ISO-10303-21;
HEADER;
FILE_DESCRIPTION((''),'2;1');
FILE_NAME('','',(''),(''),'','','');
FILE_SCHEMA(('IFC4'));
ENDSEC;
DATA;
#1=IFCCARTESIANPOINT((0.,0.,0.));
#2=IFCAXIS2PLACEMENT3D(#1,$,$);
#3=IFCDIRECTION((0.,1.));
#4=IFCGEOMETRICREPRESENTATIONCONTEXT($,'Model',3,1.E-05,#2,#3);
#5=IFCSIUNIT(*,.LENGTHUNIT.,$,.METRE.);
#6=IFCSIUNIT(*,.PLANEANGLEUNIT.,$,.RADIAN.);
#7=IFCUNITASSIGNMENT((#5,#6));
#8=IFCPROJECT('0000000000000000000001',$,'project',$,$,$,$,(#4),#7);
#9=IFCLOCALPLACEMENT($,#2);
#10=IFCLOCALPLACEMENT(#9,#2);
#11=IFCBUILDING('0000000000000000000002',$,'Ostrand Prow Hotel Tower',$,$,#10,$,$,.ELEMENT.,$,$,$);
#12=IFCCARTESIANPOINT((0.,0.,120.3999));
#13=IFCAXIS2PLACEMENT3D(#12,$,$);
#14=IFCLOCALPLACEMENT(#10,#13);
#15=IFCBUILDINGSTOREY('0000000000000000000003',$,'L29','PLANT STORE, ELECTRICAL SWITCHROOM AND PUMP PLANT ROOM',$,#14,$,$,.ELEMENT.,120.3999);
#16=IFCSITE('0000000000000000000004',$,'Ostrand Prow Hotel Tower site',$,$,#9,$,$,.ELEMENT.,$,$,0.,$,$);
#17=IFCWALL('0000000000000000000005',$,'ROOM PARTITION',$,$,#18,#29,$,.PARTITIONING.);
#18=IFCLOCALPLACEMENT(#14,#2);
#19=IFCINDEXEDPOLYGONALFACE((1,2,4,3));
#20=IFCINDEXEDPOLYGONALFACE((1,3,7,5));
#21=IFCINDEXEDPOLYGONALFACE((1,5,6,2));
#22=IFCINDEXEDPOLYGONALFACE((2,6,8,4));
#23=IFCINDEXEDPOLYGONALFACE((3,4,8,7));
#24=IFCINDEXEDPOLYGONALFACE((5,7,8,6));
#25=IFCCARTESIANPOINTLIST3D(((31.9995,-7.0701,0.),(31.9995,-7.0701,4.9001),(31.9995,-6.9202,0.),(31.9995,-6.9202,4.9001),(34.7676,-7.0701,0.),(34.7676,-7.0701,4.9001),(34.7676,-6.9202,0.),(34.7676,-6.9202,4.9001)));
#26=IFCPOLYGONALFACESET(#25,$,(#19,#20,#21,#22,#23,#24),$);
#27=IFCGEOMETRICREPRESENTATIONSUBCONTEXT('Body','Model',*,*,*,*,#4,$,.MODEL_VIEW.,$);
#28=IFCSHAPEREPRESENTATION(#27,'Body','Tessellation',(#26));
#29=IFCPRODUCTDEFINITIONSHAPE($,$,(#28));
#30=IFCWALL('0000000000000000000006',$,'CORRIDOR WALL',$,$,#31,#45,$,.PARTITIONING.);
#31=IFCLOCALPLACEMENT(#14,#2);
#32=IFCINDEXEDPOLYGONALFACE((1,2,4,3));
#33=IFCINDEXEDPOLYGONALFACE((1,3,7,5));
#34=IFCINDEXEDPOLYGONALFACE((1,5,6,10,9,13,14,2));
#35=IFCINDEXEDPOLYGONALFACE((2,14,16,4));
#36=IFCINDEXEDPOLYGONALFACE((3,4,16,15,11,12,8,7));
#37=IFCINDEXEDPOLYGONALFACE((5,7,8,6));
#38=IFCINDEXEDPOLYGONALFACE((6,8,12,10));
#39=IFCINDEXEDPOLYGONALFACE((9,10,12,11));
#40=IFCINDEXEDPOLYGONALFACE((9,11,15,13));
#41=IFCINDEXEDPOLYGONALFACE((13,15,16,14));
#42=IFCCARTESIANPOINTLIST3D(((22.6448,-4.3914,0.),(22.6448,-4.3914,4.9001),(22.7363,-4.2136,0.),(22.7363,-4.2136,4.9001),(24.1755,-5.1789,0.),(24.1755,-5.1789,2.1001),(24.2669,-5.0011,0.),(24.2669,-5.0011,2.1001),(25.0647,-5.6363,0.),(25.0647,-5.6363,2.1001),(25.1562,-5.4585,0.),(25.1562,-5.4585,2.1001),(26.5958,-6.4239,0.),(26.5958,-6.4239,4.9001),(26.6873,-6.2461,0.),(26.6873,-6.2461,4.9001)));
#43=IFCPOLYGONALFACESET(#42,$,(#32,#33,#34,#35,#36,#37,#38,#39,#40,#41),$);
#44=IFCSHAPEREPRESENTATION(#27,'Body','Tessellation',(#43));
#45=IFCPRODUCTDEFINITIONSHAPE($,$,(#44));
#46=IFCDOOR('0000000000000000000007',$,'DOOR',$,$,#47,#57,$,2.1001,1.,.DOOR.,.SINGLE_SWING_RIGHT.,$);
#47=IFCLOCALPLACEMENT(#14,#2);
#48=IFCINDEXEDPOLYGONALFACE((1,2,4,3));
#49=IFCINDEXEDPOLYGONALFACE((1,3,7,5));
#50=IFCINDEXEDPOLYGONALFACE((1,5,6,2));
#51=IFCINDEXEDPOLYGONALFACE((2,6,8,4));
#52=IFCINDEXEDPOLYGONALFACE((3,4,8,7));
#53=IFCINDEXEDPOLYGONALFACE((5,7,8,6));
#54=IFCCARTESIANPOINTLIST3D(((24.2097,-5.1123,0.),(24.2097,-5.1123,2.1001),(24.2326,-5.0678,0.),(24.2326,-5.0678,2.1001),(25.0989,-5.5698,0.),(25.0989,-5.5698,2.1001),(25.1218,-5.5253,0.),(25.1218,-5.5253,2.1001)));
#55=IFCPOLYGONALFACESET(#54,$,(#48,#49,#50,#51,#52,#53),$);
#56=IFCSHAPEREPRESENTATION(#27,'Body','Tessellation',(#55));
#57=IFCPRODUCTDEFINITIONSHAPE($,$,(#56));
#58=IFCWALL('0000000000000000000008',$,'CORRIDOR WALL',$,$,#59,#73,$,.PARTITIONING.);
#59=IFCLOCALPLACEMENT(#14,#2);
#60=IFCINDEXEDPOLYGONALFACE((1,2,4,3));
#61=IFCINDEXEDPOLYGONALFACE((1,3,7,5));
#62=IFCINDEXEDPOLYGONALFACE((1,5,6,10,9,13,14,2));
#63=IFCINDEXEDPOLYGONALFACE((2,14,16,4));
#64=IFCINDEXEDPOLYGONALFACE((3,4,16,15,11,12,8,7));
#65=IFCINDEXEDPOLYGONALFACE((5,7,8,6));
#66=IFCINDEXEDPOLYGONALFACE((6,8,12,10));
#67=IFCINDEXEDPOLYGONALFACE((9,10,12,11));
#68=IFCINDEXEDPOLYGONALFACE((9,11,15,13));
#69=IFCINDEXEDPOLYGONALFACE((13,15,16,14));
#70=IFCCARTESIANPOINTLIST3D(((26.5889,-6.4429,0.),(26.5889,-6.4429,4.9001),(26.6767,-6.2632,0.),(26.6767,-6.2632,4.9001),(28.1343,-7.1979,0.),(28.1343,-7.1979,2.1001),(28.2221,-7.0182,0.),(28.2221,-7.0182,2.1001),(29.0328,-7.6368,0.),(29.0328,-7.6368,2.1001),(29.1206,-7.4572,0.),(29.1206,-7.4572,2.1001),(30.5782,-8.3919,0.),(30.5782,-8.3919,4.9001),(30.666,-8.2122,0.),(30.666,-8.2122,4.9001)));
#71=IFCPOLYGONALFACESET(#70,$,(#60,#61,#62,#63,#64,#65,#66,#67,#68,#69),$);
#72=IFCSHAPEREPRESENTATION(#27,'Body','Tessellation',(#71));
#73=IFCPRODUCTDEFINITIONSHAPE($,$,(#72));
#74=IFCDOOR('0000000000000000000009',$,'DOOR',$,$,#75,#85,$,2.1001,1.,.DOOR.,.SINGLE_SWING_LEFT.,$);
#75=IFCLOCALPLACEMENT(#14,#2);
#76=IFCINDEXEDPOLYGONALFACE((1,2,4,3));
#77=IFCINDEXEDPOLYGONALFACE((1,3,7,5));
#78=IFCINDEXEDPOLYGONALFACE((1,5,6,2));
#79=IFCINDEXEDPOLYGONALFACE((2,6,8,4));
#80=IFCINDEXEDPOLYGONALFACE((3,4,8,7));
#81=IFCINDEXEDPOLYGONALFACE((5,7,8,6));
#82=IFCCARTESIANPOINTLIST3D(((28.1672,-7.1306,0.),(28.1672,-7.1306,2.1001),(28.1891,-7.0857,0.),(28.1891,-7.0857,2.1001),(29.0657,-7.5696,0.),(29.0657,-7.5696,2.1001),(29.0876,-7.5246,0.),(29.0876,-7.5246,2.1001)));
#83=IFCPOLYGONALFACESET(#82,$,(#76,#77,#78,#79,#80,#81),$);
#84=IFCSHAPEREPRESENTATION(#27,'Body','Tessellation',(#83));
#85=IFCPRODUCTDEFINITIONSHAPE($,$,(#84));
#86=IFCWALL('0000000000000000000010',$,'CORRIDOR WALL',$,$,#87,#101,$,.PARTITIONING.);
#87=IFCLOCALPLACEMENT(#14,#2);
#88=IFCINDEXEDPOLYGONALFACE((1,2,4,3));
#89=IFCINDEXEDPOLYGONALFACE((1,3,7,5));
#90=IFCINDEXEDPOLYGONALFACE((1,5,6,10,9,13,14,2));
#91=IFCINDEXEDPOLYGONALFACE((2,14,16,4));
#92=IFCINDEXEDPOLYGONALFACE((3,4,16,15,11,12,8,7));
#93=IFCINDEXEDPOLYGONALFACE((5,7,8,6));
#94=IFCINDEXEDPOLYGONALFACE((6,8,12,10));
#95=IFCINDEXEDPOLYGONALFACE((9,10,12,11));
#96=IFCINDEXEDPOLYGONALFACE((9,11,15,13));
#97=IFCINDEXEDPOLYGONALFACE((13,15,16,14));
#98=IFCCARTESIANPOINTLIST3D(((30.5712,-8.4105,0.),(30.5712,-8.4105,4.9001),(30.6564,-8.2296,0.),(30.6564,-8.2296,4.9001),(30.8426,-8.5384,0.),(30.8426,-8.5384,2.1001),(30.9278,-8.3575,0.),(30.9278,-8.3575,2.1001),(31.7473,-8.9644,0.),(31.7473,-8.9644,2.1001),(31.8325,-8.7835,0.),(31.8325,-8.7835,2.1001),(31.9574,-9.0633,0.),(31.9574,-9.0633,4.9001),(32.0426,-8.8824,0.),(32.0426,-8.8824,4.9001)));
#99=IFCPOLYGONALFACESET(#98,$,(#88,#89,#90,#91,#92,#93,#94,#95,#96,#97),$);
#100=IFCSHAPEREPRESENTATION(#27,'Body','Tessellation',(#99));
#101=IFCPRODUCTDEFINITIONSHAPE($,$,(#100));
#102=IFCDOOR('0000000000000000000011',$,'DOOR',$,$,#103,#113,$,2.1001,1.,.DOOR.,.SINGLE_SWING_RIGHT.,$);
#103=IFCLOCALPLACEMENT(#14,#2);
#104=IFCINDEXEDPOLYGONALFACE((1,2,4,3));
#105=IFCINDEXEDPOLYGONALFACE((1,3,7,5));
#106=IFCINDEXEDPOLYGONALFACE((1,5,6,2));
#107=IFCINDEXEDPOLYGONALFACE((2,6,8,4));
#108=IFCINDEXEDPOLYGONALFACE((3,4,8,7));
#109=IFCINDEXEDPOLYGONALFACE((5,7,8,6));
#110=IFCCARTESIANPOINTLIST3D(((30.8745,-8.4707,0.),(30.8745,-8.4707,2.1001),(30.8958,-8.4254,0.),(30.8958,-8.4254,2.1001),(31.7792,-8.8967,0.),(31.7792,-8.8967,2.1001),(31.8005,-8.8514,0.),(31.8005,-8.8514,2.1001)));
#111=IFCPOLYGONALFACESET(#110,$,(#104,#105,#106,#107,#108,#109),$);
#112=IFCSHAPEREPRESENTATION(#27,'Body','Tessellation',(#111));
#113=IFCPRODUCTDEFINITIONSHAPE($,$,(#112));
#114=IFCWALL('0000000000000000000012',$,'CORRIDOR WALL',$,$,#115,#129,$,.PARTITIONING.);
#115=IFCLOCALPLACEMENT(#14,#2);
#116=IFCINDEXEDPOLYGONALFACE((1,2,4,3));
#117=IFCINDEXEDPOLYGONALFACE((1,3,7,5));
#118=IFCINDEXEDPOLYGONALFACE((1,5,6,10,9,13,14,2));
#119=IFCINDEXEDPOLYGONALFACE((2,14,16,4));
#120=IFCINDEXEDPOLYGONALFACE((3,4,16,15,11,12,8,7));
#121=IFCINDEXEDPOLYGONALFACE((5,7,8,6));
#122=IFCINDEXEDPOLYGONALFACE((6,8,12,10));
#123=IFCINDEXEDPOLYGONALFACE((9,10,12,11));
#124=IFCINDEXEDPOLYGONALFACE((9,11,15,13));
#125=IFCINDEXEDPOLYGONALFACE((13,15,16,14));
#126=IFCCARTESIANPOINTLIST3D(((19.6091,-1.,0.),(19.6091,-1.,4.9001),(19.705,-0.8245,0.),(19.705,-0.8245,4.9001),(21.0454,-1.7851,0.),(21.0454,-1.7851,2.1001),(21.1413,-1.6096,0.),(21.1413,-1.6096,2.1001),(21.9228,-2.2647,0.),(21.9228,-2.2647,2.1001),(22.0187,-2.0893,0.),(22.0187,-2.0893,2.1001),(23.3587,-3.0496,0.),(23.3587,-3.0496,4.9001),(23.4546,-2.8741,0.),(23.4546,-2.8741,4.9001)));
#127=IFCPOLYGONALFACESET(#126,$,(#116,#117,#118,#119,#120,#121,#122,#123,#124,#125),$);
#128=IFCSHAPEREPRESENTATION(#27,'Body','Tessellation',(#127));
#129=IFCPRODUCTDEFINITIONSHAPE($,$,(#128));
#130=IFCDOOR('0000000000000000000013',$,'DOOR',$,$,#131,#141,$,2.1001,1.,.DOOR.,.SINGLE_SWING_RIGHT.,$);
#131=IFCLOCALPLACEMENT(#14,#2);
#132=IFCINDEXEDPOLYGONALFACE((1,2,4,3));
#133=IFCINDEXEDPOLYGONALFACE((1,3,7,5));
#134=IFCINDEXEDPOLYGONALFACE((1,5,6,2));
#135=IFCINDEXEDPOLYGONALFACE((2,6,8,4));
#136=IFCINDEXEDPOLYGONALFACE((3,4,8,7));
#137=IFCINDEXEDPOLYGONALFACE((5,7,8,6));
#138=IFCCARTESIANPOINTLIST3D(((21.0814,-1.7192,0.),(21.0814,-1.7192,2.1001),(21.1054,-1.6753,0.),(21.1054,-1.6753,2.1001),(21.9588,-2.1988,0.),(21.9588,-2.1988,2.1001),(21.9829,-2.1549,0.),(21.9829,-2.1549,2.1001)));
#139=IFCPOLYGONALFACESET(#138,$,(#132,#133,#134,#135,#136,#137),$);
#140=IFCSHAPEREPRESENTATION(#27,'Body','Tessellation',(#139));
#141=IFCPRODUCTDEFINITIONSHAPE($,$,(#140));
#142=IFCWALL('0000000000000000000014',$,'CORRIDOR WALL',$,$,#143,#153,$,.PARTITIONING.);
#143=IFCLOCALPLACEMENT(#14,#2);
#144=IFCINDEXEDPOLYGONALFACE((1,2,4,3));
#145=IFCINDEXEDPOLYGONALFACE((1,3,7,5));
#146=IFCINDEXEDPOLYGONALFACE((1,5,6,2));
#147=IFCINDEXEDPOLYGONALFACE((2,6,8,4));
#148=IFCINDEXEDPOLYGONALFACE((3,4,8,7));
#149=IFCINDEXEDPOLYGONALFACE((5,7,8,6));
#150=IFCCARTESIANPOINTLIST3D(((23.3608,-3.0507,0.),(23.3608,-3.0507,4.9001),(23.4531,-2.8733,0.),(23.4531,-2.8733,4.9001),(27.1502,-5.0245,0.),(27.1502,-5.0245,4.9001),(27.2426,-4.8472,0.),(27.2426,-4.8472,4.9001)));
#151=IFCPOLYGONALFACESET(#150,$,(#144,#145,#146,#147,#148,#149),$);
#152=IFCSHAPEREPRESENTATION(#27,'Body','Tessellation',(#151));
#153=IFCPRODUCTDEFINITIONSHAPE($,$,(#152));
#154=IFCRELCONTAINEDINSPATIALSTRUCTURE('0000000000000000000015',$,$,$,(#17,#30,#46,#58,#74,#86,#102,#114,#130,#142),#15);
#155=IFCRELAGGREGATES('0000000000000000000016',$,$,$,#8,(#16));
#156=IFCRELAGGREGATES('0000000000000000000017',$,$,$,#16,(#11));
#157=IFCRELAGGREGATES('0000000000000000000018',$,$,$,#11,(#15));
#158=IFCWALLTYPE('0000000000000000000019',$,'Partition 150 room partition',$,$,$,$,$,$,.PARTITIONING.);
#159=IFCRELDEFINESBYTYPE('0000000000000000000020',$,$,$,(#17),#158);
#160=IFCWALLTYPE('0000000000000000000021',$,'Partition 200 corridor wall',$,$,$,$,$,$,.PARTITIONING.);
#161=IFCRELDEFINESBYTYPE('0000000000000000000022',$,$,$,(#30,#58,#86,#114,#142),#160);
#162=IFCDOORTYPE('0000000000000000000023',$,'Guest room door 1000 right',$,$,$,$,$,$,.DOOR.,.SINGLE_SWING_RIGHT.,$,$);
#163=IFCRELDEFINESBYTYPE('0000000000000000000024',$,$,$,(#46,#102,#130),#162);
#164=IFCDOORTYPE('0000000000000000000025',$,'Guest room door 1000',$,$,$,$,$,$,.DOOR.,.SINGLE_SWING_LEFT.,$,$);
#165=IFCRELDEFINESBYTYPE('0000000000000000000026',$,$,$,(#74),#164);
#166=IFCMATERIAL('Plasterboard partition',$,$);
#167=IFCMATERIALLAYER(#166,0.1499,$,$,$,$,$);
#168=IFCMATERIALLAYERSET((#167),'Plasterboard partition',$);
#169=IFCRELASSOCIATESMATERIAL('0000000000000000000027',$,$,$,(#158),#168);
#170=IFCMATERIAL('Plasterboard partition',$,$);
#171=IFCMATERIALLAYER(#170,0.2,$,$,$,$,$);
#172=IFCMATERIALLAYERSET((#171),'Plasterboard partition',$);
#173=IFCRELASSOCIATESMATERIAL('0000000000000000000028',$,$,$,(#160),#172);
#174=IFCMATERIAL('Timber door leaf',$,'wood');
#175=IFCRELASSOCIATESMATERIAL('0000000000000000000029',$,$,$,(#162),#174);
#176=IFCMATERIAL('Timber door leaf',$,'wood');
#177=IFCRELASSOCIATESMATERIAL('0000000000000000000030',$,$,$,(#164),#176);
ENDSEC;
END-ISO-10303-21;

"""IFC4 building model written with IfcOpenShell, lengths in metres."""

from ifc_helpers import new_model, si_unit, direction, frame, frame_2d, origin, place, context, subcontext, project, spatial, rectangle, extrude, material, layer, layer_set, type_object, element, fill, save


model = new_model("IFC4")

# Units and contexts
model_context = context("Model", 3, precision=1e-05, world=origin(), true_north=direction((0.0, 1.0)))
body_context = subcontext(model_context, "Body", "Model", "MODEL_VIEW")
ifc_project = project(units=[si_unit("LENGTHUNIT", "METRE"), si_unit("PLANEANGLEUNIT", "RADIAN")], contexts=[model_context])

# Site, building, storey
site_placement = place(None, origin())
site = spatial("IfcSite", under=ifc_project, at=site_placement, Name="Ostrand Prow Hotel Tower site", CompositionType="ELEMENT", RefElevation=0.0)
building_placement = place(site_placement, origin())
building = spatial("IfcBuilding", under=site, at=building_placement, Name="Ostrand Prow Hotel Tower", CompositionType="ELEMENT")
storey_placement = place(building_placement, frame((0.0, 0.0, 120.3999)))
storey = spatial("IfcBuildingStorey", under=building, at=storey_placement, Name="L29", Description="PLANT STORE, ELECTRICAL SWITCHROOM AND PUMP PLANT ROOM", CompositionType="ELEMENT", Elevation=120.3999)

# Wall
ifc_material_1 = material(Name="Plasterboard partition")
ifc_layer_1 = layer(ifc_material_1, 0.1499)
ifc_layer_set_1 = layer_set([ifc_layer_1], Name="Plasterboard partition")
wall_type_1 = type_object("IfcWallType", Name="Partition 150 room partition", PredefinedType="PARTITIONING", material=ifc_layer_set_1)
wall_1_placement = place(storey_placement, frame((34.7676, -6.9951, 0.0), z_axis=(0.0, 0.0, 1.0), x_axis=(-1.0, 0.0, 0.0)))
element("IfcWall", 1, at=wall_1_placement, inside=storey, type_object=wall_type_1, Name="ROOM PARTITION", PredefinedType="PARTITIONING", context=body_context, shape_type="SweptSolid", body=[
    extrude(rectangle(XDim=2.7681, YDim=0.1499, at=frame_2d((1.384, 0.0))), origin(), (0.0, 0.0, 1.0), 4.9001),
])

# Walls, openings, doors
ifc_material_2 = material(Name="Plasterboard partition")
ifc_layer_2 = layer(ifc_material_2, 0.2)
ifc_layer_set_2 = layer_set([ifc_layer_2], Name="Plasterboard partition")
wall_type_2 = type_object("IfcWallType", Name="Partition 200 corridor wall", PredefinedType="PARTITIONING", material=ifc_layer_set_2)
wall_2_placement = place(storey_placement, frame((22.6904, -4.3025, 0.0), z_axis=(0.0, 0.0, 1.0), x_axis=(0.889236, -0.457449, 0.0)))
wall_2 = element("IfcWall", 2, at=wall_2_placement, inside=storey, type_object=wall_type_2, Name="CORRIDOR WALL", PredefinedType="PARTITIONING", context=body_context, shape_type="SweptSolid", body=[
    extrude(rectangle(XDim=4.4431, YDim=0.2, at=frame_2d((2.2217, 0.0))), origin(), (0.0, 0.0, 1.0), 4.9001),
])
opening_1_placement = place(wall_2_placement, frame((1.7214, 0.0, 0.0)))
opening_1 = element("IfcOpeningElement", 3, at=opening_1_placement, cuts=wall_2, PredefinedType="OPENING", context=body_context, shape_type="SweptSolid", body=[
    extrude(rectangle(XDim=1.0, YDim=2.1001, at=frame_2d((0.5, 1.05))), frame((0.0, 0.1099, 0.0), z_axis=(0.0, -1.0, 0.0), x_axis=(1.0, 0.0, 0.0)), (0.0, 0.0, 1.0), 0.22),
])
ifc_material_3 = material(Name="Timber door leaf", Category="wood")
door_type_1 = type_object("IfcDoorType", Name="Guest room door 1000 right", OperationType="SINGLE_SWING_RIGHT", PredefinedType="DOOR", material=ifc_material_3)
door_1_placement = place(opening_1_placement, origin())
door_1 = element("IfcDoor", 4, at=door_1_placement, inside=storey, type_object=door_type_1, Name="DOOR", OperationType="SINGLE_SWING_RIGHT", OverallHeight=2.1001, OverallWidth=1.0, PredefinedType="DOOR", context=body_context, shape_type="SweptSolid", body=[
    extrude(rectangle(XDim=1.0, YDim=2.1001, at=frame_2d((0.5, 1.05))), frame((0.0, 0.0249, 0.0), z_axis=(0.0, -1.0, 0.0), x_axis=(1.0, 0.0, 0.0)), (0.0, 0.0, 1.0), 0.05),
])
fill(opening_1, door_1)
wall_3_placement = place(storey_placement, frame((26.6328, -6.353, 0.0), z_axis=(0.0, 0.0, 1.0), x_axis=(0.898502, -0.438968, 0.0)))
wall_3 = element("IfcWall", 5, at=wall_3_placement, inside=storey, type_object=wall_type_2, Name="CORRIDOR WALL", PredefinedType="PARTITIONING", context=body_context, shape_type="SweptSolid", body=[
    extrude(rectangle(XDim=4.4399, YDim=0.2, at=frame_2d((2.22, 0.0))), origin(), (0.0, 0.0, 1.0), 4.9001),
])
opening_2_placement = place(wall_3_placement, frame((1.72, 0.0, 0.0)))
opening_2 = element("IfcOpeningElement", 6, at=opening_2_placement, cuts=wall_3, PredefinedType="OPENING", context=body_context, shape_type="SweptSolid", body=[
    extrude(rectangle(XDim=1.0, YDim=2.1001, at=frame_2d((0.5, 1.05))), frame((0.0, 0.1099, 0.0), z_axis=(0.0, -1.0, 0.0), x_axis=(1.0, 0.0, 0.0)), (0.0, 0.0, 1.0), 0.22),
])
ifc_material_4 = material(Name="Timber door leaf", Category="wood")
door_type_2 = type_object("IfcDoorType", Name="Guest room door 1000", OperationType="SINGLE_SWING_LEFT", PredefinedType="DOOR", material=ifc_material_4)
door_2_placement = place(opening_2_placement, origin())
door_2 = element("IfcDoor", 7, at=door_2_placement, inside=storey, type_object=door_type_2, Name="DOOR", OperationType="SINGLE_SWING_LEFT", OverallHeight=2.1001, OverallWidth=1.0, PredefinedType="DOOR", context=body_context, shape_type="SweptSolid", body=[
    extrude(rectangle(XDim=1.0, YDim=2.1001, at=frame_2d((0.5, 1.05))), frame((0.0, 0.0249, 0.0), z_axis=(0.0, -1.0, 0.0), x_axis=(1.0, 0.0, 0.0)), (0.0, 0.0, 1.0), 0.05),
])
fill(opening_2, door_2)
wall_4_placement = place(storey_placement, frame((30.6138, -8.3201, 0.0), z_axis=(0.0, 0.0, 1.0), x_axis=(0.904696, -0.426058, 0.0)))
wall_4 = element("IfcWall", 8, at=wall_4_placement, inside=storey, type_object=wall_type_2, Name="CORRIDOR WALL", PredefinedType="PARTITIONING", context=body_context, shape_type="SweptSolid", body=[
    extrude(rectangle(XDim=1.5322, YDim=0.2, at=frame_2d((0.7661, 0.0))), origin(), (0.0, 0.0, 1.0), 4.9001),
])
opening_3_placement = place(wall_4_placement, frame((0.3, 0.0, 0.0)))
opening_3 = element("IfcOpeningElement", 9, at=opening_3_placement, cuts=wall_4, PredefinedType="OPENING", context=body_context, shape_type="SweptSolid", body=[
    extrude(rectangle(XDim=1.0, YDim=2.1001, at=frame_2d((0.5, 1.05))), frame((0.0, 0.1099, 0.0), z_axis=(0.0, -1.0, 0.0), x_axis=(1.0, 0.0, 0.0)), (0.0, 0.0, 1.0), 0.22),
])
door_3_placement = place(opening_3_placement, origin())
door_3 = element("IfcDoor", 10, at=door_3_placement, inside=storey, type_object=door_type_1, Name="DOOR", OperationType="SINGLE_SWING_RIGHT", OverallHeight=2.1001, OverallWidth=1.0, PredefinedType="DOOR", context=body_context, shape_type="SweptSolid", body=[
    extrude(rectangle(XDim=1.0, YDim=2.1001, at=frame_2d((0.5, 1.05))), frame((0.0, 0.0249, 0.0), z_axis=(0.0, -1.0, 0.0), x_axis=(1.0, 0.0, 0.0)), (0.0, 0.0, 1.0), 0.05),
])
fill(opening_3, door_3)
wall_5_placement = place(storey_placement, frame((23.4067, -2.9619, 0.0), z_axis=(0.0, 0.0, 1.0), x_axis=(-0.877465, 0.479641, 0.0)))
wall_5 = element("IfcWall", 11, at=wall_5_placement, inside=storey, type_object=wall_type_2, Name="CORRIDOR WALL", PredefinedType="PARTITIONING", context=body_context, shape_type="SweptSolid", body=[
    extrude(rectangle(XDim=4.2732, YDim=0.2, at=frame_2d((2.1367, 0.0))), origin(), (0.0, 0.0, 1.0), 4.9001),
])
opening_4_placement = place(wall_5_placement, frame((1.6365, 0.0, 0.0)))
opening_4 = element("IfcOpeningElement", 12, at=opening_4_placement, cuts=wall_5, PredefinedType="OPENING", context=body_context, shape_type="SweptSolid", body=[
    extrude(rectangle(XDim=1.0, YDim=2.1001, at=frame_2d((0.5, 1.05))), frame((0.0, 0.1099, 0.0), z_axis=(0.0, -1.0, 0.0), x_axis=(1.0, 0.0, 0.0)), (0.0, 0.0, 1.0), 0.22),
])
door_4_placement = place(opening_4_placement, origin())
door_4 = element("IfcDoor", 13, at=door_4_placement, inside=storey, type_object=door_type_1, Name="DOOR", OperationType="SINGLE_SWING_RIGHT", OverallHeight=2.1001, OverallWidth=1.0, PredefinedType="DOOR", context=body_context, shape_type="SweptSolid", body=[
    extrude(rectangle(XDim=1.0, YDim=2.1001, at=frame_2d((0.5, 1.05))), frame((0.0, 0.0249, 0.0), z_axis=(0.0, -1.0, 0.0), x_axis=(1.0, 0.0, 0.0)), (0.0, 0.0, 1.0), 0.05),
])
fill(opening_4, door_4)

# Wall
wall_6_placement = place(storey_placement, frame((27.1963, -4.9358, 0.0), z_axis=(0.0, 0.0, 1.0), x_axis=(-0.886899, 0.461963, 0.0)))
element("IfcWall", 14, at=wall_6_placement, inside=storey, type_object=wall_type_2, Name="CORRIDOR WALL", PredefinedType="PARTITIONING", context=body_context, shape_type="SweptSolid", body=[
    extrude(rectangle(XDim=4.2727, YDim=0.2, at=frame_2d((2.1362, 0.0))), origin(), (0.0, 0.0, 1.0), 4.9001),
])

save(model, "model.ifc")
